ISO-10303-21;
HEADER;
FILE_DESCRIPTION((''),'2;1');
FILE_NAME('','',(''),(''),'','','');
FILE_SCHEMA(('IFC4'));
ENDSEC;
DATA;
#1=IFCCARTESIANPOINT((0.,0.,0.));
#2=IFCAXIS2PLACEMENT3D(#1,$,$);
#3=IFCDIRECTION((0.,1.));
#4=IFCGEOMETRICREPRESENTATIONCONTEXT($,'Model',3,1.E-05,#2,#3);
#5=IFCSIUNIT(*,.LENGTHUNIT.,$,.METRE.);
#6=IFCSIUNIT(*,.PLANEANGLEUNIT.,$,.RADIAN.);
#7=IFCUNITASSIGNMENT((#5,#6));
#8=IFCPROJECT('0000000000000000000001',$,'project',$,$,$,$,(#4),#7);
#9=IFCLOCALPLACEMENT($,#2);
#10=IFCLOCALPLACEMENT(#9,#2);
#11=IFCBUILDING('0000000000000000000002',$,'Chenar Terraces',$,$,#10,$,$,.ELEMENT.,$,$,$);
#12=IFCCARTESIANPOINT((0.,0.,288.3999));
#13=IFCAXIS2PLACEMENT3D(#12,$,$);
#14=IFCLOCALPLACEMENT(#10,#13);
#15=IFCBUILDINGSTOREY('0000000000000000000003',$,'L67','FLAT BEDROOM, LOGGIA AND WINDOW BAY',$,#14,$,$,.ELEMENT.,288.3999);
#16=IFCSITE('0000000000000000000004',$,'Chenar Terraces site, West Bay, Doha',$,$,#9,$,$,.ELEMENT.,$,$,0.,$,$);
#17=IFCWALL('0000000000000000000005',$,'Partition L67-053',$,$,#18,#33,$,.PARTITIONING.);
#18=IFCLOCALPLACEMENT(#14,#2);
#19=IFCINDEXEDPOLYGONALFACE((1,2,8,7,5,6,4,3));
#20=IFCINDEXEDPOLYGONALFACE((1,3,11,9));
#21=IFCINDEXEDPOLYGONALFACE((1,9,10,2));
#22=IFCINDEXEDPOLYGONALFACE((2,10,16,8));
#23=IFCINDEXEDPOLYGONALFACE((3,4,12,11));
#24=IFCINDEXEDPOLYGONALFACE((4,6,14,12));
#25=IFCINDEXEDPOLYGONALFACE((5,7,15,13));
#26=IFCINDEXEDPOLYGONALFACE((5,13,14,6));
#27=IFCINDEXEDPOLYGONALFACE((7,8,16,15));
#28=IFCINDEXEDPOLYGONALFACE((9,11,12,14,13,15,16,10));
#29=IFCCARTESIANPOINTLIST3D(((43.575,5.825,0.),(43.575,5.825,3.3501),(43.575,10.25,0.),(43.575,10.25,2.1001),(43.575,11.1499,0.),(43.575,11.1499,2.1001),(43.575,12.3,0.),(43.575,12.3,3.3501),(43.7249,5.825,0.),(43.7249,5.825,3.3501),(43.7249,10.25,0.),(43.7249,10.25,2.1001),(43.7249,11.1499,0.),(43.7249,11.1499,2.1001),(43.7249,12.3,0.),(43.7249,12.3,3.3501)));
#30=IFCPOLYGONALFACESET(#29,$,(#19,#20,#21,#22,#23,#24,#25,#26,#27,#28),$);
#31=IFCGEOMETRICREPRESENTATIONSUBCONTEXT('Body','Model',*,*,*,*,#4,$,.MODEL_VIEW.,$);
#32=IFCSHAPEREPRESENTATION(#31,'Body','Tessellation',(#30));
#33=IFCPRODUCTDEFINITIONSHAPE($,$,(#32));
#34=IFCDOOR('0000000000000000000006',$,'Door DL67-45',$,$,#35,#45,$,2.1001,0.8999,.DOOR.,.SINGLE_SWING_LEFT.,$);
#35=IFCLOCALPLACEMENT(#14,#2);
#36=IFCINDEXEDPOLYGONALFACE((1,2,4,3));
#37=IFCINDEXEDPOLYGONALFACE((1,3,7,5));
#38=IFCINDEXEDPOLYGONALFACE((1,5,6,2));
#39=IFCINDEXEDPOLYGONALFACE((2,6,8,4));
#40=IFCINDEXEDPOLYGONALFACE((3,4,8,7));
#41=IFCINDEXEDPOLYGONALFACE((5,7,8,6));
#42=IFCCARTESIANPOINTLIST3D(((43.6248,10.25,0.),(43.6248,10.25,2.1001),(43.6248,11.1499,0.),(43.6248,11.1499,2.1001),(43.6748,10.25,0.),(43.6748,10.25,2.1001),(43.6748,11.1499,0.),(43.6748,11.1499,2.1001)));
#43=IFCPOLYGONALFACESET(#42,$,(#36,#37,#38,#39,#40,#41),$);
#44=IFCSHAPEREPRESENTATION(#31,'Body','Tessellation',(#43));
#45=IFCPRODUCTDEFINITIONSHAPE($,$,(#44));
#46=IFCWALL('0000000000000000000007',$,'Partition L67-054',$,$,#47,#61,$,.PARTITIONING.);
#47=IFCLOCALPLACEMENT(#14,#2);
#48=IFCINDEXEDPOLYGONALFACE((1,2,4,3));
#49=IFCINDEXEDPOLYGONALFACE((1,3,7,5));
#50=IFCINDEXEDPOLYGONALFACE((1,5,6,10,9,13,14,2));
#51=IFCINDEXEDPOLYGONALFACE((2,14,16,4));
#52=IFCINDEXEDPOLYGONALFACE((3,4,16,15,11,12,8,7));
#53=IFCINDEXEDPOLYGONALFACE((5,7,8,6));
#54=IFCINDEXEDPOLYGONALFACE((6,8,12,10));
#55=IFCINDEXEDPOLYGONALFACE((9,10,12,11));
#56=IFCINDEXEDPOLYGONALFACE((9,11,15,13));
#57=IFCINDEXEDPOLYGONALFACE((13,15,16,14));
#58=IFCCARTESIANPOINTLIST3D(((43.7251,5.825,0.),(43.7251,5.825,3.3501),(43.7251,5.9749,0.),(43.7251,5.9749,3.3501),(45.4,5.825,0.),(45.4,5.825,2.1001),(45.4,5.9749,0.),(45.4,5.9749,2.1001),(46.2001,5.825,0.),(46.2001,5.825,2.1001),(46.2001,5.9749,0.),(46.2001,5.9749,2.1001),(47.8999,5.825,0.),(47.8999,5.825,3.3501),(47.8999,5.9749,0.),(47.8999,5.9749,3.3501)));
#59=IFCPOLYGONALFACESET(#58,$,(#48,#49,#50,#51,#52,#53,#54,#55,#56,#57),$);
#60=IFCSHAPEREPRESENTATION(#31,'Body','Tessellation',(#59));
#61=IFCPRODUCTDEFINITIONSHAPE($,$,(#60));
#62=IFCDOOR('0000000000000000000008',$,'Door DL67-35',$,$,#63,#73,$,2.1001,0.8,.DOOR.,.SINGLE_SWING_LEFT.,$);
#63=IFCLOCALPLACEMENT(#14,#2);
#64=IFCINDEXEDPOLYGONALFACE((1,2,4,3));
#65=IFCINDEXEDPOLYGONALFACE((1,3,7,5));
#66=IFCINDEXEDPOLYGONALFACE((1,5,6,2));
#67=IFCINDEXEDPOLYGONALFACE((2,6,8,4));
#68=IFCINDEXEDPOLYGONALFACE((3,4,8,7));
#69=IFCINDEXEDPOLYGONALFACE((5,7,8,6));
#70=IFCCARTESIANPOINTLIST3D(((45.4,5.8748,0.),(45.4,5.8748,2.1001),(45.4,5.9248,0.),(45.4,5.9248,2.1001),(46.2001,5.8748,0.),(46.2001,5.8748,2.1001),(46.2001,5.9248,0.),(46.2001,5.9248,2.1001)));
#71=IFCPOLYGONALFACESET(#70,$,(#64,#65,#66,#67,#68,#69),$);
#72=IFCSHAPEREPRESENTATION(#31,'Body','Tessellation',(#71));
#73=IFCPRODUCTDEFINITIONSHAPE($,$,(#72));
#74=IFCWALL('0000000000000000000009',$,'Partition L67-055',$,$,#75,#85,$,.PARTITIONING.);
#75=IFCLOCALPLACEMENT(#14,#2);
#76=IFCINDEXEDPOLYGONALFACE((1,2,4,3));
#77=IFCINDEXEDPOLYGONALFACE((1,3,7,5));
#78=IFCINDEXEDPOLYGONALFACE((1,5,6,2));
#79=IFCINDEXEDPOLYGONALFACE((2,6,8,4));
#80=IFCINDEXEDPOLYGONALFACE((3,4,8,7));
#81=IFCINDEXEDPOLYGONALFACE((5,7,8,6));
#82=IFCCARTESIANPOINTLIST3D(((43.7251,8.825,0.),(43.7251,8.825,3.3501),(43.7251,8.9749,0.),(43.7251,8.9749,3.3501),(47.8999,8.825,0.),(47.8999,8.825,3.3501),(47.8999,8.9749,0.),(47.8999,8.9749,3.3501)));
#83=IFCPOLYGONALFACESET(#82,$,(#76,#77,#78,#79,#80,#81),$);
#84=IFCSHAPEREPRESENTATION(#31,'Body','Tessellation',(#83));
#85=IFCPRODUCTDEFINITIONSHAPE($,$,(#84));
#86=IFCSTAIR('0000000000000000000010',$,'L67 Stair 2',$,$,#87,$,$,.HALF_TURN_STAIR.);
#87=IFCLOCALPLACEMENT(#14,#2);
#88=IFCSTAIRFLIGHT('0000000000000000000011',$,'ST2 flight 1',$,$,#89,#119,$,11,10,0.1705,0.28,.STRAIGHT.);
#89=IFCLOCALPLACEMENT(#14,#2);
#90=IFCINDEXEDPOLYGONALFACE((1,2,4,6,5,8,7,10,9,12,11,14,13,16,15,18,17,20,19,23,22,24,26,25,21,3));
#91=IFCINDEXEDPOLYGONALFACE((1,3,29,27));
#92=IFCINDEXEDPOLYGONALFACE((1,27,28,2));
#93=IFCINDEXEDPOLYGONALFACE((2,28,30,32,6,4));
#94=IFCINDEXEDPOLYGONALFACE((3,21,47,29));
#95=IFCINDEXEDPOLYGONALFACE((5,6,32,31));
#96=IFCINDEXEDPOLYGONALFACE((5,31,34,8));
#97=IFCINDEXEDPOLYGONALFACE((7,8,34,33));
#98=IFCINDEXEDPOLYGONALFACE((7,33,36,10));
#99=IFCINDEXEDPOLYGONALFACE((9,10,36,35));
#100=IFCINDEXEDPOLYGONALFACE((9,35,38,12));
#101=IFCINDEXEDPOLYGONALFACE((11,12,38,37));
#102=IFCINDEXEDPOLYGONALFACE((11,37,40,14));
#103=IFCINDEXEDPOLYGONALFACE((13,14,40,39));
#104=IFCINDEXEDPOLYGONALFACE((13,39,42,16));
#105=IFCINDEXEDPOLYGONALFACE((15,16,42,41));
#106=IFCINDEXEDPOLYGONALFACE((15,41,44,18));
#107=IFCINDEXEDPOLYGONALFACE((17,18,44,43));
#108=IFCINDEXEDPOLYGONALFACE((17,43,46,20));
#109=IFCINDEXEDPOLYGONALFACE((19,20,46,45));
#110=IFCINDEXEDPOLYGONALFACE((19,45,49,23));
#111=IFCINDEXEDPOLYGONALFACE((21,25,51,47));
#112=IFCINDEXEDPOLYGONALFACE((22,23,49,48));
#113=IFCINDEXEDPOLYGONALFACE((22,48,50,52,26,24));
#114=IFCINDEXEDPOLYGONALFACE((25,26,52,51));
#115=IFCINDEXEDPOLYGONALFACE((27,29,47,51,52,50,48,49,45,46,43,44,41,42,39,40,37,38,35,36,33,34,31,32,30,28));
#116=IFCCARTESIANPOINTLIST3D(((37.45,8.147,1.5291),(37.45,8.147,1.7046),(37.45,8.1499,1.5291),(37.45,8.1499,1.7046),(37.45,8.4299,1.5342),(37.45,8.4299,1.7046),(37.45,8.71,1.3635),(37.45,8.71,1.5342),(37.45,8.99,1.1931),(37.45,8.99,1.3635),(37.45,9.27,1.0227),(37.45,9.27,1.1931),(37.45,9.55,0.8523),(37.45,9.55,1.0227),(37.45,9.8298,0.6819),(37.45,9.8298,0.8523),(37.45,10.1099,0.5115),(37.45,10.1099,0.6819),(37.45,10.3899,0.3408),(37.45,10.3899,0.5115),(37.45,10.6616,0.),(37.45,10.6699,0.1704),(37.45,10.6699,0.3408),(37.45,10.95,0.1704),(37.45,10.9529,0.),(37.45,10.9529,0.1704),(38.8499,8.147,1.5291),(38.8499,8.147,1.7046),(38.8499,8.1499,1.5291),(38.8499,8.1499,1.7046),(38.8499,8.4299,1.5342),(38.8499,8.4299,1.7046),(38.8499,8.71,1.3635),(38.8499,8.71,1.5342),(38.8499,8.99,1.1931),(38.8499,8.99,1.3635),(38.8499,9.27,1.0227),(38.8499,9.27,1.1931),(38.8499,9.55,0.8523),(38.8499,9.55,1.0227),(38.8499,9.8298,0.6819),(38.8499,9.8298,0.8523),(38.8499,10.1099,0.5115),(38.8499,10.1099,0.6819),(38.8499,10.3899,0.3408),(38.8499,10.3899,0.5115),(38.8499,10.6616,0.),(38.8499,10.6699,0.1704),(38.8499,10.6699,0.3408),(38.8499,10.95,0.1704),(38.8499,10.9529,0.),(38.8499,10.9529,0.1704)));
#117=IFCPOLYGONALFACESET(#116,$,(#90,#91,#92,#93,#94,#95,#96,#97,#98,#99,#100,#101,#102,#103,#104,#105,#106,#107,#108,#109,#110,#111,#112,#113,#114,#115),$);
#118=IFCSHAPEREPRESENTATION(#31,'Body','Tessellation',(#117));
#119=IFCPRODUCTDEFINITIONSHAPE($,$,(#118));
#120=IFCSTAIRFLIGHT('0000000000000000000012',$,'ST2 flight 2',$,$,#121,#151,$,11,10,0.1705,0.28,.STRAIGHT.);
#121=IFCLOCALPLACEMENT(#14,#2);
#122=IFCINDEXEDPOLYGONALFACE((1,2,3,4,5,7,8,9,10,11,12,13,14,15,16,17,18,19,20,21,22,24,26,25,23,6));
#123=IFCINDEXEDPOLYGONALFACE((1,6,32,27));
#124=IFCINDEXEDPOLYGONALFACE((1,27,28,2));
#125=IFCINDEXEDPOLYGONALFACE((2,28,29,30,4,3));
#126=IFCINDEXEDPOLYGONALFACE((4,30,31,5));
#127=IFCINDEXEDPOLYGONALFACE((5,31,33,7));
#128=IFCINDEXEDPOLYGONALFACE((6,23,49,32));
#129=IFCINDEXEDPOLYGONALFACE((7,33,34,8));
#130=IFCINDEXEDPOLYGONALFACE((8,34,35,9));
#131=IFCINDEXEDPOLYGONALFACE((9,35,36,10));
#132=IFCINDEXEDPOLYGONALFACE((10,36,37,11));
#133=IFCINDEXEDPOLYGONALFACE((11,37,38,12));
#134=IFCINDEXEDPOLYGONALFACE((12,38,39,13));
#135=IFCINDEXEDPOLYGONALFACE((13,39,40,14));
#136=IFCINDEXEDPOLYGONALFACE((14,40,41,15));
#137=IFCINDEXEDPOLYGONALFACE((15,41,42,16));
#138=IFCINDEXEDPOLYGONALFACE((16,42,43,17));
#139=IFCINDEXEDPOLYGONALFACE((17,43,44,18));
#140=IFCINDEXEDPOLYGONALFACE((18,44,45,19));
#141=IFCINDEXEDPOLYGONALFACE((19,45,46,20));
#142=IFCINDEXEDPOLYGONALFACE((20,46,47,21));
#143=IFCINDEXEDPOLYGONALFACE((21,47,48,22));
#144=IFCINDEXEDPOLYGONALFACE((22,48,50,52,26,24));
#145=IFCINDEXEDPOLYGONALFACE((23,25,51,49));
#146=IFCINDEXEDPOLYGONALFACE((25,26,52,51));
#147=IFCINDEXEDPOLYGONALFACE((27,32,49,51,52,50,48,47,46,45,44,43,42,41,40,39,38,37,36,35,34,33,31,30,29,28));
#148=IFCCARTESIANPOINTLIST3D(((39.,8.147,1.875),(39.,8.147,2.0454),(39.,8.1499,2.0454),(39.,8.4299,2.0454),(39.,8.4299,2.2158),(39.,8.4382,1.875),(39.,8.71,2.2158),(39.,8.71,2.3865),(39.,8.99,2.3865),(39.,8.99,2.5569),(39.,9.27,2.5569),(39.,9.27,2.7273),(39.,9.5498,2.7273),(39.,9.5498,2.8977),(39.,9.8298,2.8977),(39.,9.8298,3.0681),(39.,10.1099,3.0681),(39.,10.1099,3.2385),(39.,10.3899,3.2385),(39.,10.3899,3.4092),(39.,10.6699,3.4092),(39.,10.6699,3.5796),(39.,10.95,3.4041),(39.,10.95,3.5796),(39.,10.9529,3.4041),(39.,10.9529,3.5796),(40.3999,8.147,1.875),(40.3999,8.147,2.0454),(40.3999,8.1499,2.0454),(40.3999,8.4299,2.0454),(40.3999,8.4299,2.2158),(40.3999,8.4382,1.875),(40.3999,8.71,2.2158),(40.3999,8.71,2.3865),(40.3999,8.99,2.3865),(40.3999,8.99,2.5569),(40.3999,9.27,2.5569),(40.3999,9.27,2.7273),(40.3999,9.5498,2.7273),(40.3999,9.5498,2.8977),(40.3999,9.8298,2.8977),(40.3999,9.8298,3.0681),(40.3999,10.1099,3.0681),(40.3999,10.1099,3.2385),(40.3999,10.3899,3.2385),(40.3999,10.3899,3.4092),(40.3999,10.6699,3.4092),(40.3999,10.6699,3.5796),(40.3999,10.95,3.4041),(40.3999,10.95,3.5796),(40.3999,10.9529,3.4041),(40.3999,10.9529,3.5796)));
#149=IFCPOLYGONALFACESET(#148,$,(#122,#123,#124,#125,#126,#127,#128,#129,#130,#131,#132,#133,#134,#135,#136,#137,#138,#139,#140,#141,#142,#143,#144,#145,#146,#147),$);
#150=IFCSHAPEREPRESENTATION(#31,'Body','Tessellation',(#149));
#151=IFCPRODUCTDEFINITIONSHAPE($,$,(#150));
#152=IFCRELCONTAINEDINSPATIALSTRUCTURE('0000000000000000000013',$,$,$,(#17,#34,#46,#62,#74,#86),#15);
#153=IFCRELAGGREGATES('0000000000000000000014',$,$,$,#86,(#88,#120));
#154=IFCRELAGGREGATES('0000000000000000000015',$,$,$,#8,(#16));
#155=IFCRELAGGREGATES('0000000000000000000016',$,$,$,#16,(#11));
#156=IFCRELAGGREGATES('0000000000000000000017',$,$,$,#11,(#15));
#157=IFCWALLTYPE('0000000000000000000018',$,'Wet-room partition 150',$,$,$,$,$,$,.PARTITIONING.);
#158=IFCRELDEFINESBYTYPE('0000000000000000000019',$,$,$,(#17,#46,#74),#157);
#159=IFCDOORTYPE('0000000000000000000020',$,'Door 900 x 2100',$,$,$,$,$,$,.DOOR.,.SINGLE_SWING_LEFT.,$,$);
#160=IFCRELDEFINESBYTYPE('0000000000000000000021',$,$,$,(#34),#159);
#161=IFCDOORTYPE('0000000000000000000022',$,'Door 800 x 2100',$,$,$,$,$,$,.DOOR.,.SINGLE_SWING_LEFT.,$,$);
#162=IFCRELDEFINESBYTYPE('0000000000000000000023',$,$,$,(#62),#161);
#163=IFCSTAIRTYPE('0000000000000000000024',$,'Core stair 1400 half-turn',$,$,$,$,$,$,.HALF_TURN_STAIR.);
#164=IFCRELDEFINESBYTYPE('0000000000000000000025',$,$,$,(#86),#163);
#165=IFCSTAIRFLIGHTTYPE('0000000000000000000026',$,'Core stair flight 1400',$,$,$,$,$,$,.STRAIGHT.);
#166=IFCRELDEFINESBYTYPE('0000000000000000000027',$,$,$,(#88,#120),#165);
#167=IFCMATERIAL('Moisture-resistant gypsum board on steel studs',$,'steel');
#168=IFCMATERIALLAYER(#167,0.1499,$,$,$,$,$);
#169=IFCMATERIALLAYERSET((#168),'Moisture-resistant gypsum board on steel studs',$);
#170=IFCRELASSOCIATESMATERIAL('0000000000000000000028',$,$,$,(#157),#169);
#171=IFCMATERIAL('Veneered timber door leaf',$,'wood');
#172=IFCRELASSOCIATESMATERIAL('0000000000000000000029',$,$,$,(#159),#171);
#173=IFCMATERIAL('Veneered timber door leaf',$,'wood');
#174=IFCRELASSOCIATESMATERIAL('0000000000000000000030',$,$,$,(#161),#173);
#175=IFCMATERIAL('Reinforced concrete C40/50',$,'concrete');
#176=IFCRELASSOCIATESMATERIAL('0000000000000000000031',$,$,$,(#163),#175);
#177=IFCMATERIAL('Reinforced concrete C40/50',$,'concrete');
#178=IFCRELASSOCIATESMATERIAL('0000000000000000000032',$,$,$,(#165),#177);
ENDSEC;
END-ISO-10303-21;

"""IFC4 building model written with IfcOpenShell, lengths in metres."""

from ifc_helpers import new_model, si_unit, direction, frame, frame_2d, origin, place, context, subcontext, project, spatial, polyline, rectangle, outline, extrude, material, layer, layer_set, type_object, element, fill, aggregate, save


model = new_model("IFC4")

# Units and contexts
model_context = context("Model", 3, precision=1e-05, world=origin(), true_north=direction((0.0, 1.0)))
body_context = subcontext(model_context, "Body", "Model", "MODEL_VIEW")
ifc_project = project(units=[si_unit("LENGTHUNIT", "METRE"), si_unit("PLANEANGLEUNIT", "RADIAN")], contexts=[model_context])

# Site, building, storey
site_placement = place(None, origin())
site = spatial("IfcSite", under=ifc_project, at=site_placement, Name="Chenar Terraces site, West Bay, Doha", CompositionType="ELEMENT", RefElevation=0.0)
building_placement = place(site_placement, origin())
building = spatial("IfcBuilding", under=site, at=building_placement, Name="Chenar Terraces", CompositionType="ELEMENT")
storey_placement = place(building_placement, frame((0.0, 0.0, 288.3999)))
storey = spatial("IfcBuildingStorey", under=building, at=storey_placement, Name="L67", Description="FLAT BEDROOM, LOGGIA AND WINDOW BAY", CompositionType="ELEMENT", Elevation=288.3999)

# Walls, openings, doors
ifc_material_1 = material(Name="Moisture-resistant gypsum board on steel studs", Category="steel")
ifc_layer_1 = layer(ifc_material_1, 0.1499)
ifc_layer_set_1 = layer_set([ifc_layer_1], Name="Moisture-resistant gypsum board on steel studs")
wall_type_1 = type_object("IfcWallType", Name="Wet-room partition 150", PredefinedType="PARTITIONING", material=ifc_layer_set_1)
wall_1_placement = place(storey_placement, frame((43.6499, 5.825, 0.0), z_axis=(0.0, 0.0, 1.0), x_axis=(0.0, 1.0, 0.0)))
wall_1 = element("IfcWall", 1, at=wall_1_placement, inside=storey, type_object=wall_type_1, Name="Partition L67-053", PredefinedType="PARTITIONING", context=body_context, shape_type="SweptSolid", body=[
    extrude(rectangle(XDim=6.4751, YDim=0.1499, at=frame_2d((3.2375, 0.0))), origin(), (0.0, 0.0, 1.0), 3.3501),
])
opening_1_placement = place(wall_1_placement, frame((4.425, 0.0, 0.0)))
opening_1 = element("IfcOpeningElement", 2, at=opening_1_placement, cuts=wall_1, PredefinedType="OPENING", context=body_context, shape_type="SweptSolid", body=[
    extrude(rectangle(XDim=0.8999, YDim=2.1001, at=frame_2d((0.45, 1.05))), frame((0.0, 0.085, 0.0), z_axis=(0.0, -1.0, 0.0), x_axis=(1.0, 0.0, 0.0)), (0.0, 0.0, 1.0), 0.1699),
])
ifc_material_2 = material(Name="Veneered timber door leaf", Category="wood")
door_type_1 = type_object("IfcDoorType", Name="Door 900 x 2100", OperationType="SINGLE_SWING_LEFT", PredefinedType="DOOR", material=ifc_material_2)
door_1_placement = place(opening_1_placement, frame((0.8999, 0.0, 0.0), z_axis=(0.0, 0.0, 1.0), x_axis=(-1.0, 0.0, 0.0)))
door_1 = element("IfcDoor", 3, at=door_1_placement, inside=storey, type_object=door_type_1, Name="Door DL67-45", OperationType="SINGLE_SWING_LEFT", OverallHeight=2.1001, OverallWidth=0.8999, PredefinedType="DOOR", context=body_context, shape_type="SweptSolid", body=[
    extrude(rectangle(XDim=0.8999, YDim=2.1001, at=frame_2d((0.45, 1.05))), frame((0.0, 0.0249, 0.0), z_axis=(0.0, -1.0, 0.0), x_axis=(1.0, 0.0, 0.0)), (0.0, 0.0, 1.0), 0.05),
])
fill(opening_1, door_1)
wall_2_placement = place(storey_placement, frame((43.7251, 5.8999, 0.0), z_axis=(0.0, 0.0, 1.0), x_axis=(1.0, 0.0, 0.0)))
wall_2 = element("IfcWall", 4, at=wall_2_placement, inside=storey, type_object=wall_type_1, Name="Partition L67-054", PredefinedType="PARTITIONING", context=body_context, shape_type="SweptSolid", body=[
    extrude(rectangle(XDim=4.1748, YDim=0.1499, at=frame_2d((2.0874, 0.0))), origin(), (0.0, 0.0, 1.0), 3.3501),
])
opening_2_placement = place(wall_2_placement, frame((1.675, 0.0, 0.0)))
opening_2 = element("IfcOpeningElement", 5, at=opening_2_placement, cuts=wall_2, PredefinedType="OPENING", context=body_context, shape_type="SweptSolid", body=[
    extrude(rectangle(XDim=0.8, YDim=2.1001, at=frame_2d((0.3999, 1.05))), frame((0.0, 0.085, 0.0), z_axis=(0.0, -1.0, 0.0), x_axis=(1.0, 0.0, 0.0)), (0.0, 0.0, 1.0), 0.1699),
])
ifc_material_3 = material(Name="Veneered timber door leaf", Category="wood")
door_type_2 = type_object("IfcDoorType", Name="Door 800 x 2100", OperationType="SINGLE_SWING_LEFT", PredefinedType="DOOR", material=ifc_material_3)
door_2_placement = place(opening_2_placement, origin())
door_2 = element("IfcDoor", 6, at=door_2_placement, inside=storey, type_object=door_type_2, Name="Door DL67-35", OperationType="SINGLE_SWING_LEFT", OverallHeight=2.1001, OverallWidth=0.8, PredefinedType="DOOR", context=body_context, shape_type="SweptSolid", body=[
    extrude(rectangle(XDim=0.8, YDim=2.1001, at=frame_2d((0.3999, 1.05))), frame((0.0, 0.0249, 0.0), z_axis=(0.0, -1.0, 0.0), x_axis=(1.0, 0.0, 0.0)), (0.0, 0.0, 1.0), 0.05),
])
fill(opening_2, door_2)

# Wall
wall_3_placement = place(storey_placement, frame((43.7251, 8.8999, 0.0), z_axis=(0.0, 0.0, 1.0), x_axis=(1.0, 0.0, 0.0)))
element("IfcWall", 7, at=wall_3_placement, inside=storey, type_object=wall_type_1, Name="Partition L67-055", PredefinedType="PARTITIONING", context=body_context, shape_type="SweptSolid", body=[
    extrude(rectangle(XDim=4.1748, YDim=0.1499, at=frame_2d((2.0874, 0.0))), origin(), (0.0, 0.0, 1.0), 3.3501),
])

# Stair, stair flights
ifc_material_4 = material(Name="Reinforced concrete C40/50", Category="concrete")
stair_type = type_object("IfcStairType", Name="Core stair 1400 half-turn", PredefinedType="HALF_TURN_STAIR", material=ifc_material_4)
stair_placement = place(storey_placement, origin())
stair = element("IfcStair", 8, at=stair_placement, inside=storey, type_object=stair_type, Name="L67 Stair 2", PredefinedType="HALF_TURN_STAIR")
ifc_material_5 = material(Name="Reinforced concrete C40/50", Category="concrete")
stair_flight_type = type_object("IfcStairFlightType", Name="Core stair flight 1400", PredefinedType="STRAIGHT", material=ifc_material_5)
stair_flight_1_placement = place(storey_placement, frame((38.1499, 10.95, 0.0), z_axis=(0.0, 0.0, 1.0), x_axis=(0.0, -1.0, 0.0)))
stair_flight_1 = element("IfcStairFlight", 9, at=stair_flight_1_placement, type_object=stair_flight_type, Name="ST2 flight 1", NumberOfRisers=11, NumberOfTreads=10, PredefinedType="STRAIGHT", RiserHeight=0.1705, TreadLength=0.28, context=body_context, shape_type="SweptSolid", body=[
    extrude(outline(polyline([(-0.0029, 0.0), (-0.0029, 0.1704), (0.0, 0.1704), (0.28, 0.1704), (0.28, 0.3408), (0.5601, 0.3408), (0.5601, 0.5115), (0.8401, 0.5115), (0.8401, 0.6819), (1.1201, 0.6819), (1.1201, 0.8523), (1.3999, 0.8523), (1.3999, 1.0227), (1.6799, 1.0227), (1.6799, 1.1931), (1.96, 1.1931), (1.96, 1.3635), (2.24, 1.3635), (2.24, 1.5342), (2.52, 1.5342), (2.52, 1.7046), (2.8, 1.7046), (2.803, 1.7046), (2.803, 1.5291), (2.8, 1.5291), (0.2883, 0.0), (-0.0029, 0.0)])), frame((0.0, 0.7, 0.0), z_axis=(0.0, -1.0, 0.0), x_axis=(1.0, 0.0, 0.0)), (0.0, 0.0, 1.0), 1.3999),
])
stair_flight_2_placement = place(storey_placement, frame((39.7, 8.1499, 1.875), z_axis=(0.0, 0.0, 1.0), x_axis=(0.0, 1.0, 0.0)))
stair_flight_2 = element("IfcStairFlight", 10, at=stair_flight_2_placement, type_object=stair_flight_type, Name="ST2 flight 2", NumberOfRisers=11, NumberOfTreads=10, PredefinedType="STRAIGHT", RiserHeight=0.1705, TreadLength=0.28, context=body_context, shape_type="SweptSolid", body=[
    extrude(outline(polyline([(-0.0029, 0.0), (-0.0029, 0.1704), (0.0, 0.1704), (0.28, 0.1704), (0.28, 0.3408), (0.5601, 0.3408), (0.5601, 0.5115), (0.8401, 0.5115), (0.8401, 0.6819), (1.1201, 0.6819), (1.1201, 0.8523), (1.3999, 0.8523), (1.3999, 1.0227), (1.6799, 1.0227), (1.6799, 1.1931), (1.96, 1.1931), (1.96, 1.3635), (2.24, 1.3635), (2.24, 1.5342), (2.52, 1.5342), (2.52, 1.7046), (2.8, 1.7046), (2.803, 1.7046), (2.803, 1.5291), (2.8, 1.5291), (0.2883, 0.0), (-0.0029, 0.0)])), frame((0.0, 0.7, 0.0), z_axis=(0.0, -1.0, 0.0), x_axis=(1.0, 0.0, 0.0)), (0.0, 0.0, 1.0), 1.3999),
])
aggregate(stair, [stair_flight_1, stair_flight_2])

save(model, "model.ifc")
